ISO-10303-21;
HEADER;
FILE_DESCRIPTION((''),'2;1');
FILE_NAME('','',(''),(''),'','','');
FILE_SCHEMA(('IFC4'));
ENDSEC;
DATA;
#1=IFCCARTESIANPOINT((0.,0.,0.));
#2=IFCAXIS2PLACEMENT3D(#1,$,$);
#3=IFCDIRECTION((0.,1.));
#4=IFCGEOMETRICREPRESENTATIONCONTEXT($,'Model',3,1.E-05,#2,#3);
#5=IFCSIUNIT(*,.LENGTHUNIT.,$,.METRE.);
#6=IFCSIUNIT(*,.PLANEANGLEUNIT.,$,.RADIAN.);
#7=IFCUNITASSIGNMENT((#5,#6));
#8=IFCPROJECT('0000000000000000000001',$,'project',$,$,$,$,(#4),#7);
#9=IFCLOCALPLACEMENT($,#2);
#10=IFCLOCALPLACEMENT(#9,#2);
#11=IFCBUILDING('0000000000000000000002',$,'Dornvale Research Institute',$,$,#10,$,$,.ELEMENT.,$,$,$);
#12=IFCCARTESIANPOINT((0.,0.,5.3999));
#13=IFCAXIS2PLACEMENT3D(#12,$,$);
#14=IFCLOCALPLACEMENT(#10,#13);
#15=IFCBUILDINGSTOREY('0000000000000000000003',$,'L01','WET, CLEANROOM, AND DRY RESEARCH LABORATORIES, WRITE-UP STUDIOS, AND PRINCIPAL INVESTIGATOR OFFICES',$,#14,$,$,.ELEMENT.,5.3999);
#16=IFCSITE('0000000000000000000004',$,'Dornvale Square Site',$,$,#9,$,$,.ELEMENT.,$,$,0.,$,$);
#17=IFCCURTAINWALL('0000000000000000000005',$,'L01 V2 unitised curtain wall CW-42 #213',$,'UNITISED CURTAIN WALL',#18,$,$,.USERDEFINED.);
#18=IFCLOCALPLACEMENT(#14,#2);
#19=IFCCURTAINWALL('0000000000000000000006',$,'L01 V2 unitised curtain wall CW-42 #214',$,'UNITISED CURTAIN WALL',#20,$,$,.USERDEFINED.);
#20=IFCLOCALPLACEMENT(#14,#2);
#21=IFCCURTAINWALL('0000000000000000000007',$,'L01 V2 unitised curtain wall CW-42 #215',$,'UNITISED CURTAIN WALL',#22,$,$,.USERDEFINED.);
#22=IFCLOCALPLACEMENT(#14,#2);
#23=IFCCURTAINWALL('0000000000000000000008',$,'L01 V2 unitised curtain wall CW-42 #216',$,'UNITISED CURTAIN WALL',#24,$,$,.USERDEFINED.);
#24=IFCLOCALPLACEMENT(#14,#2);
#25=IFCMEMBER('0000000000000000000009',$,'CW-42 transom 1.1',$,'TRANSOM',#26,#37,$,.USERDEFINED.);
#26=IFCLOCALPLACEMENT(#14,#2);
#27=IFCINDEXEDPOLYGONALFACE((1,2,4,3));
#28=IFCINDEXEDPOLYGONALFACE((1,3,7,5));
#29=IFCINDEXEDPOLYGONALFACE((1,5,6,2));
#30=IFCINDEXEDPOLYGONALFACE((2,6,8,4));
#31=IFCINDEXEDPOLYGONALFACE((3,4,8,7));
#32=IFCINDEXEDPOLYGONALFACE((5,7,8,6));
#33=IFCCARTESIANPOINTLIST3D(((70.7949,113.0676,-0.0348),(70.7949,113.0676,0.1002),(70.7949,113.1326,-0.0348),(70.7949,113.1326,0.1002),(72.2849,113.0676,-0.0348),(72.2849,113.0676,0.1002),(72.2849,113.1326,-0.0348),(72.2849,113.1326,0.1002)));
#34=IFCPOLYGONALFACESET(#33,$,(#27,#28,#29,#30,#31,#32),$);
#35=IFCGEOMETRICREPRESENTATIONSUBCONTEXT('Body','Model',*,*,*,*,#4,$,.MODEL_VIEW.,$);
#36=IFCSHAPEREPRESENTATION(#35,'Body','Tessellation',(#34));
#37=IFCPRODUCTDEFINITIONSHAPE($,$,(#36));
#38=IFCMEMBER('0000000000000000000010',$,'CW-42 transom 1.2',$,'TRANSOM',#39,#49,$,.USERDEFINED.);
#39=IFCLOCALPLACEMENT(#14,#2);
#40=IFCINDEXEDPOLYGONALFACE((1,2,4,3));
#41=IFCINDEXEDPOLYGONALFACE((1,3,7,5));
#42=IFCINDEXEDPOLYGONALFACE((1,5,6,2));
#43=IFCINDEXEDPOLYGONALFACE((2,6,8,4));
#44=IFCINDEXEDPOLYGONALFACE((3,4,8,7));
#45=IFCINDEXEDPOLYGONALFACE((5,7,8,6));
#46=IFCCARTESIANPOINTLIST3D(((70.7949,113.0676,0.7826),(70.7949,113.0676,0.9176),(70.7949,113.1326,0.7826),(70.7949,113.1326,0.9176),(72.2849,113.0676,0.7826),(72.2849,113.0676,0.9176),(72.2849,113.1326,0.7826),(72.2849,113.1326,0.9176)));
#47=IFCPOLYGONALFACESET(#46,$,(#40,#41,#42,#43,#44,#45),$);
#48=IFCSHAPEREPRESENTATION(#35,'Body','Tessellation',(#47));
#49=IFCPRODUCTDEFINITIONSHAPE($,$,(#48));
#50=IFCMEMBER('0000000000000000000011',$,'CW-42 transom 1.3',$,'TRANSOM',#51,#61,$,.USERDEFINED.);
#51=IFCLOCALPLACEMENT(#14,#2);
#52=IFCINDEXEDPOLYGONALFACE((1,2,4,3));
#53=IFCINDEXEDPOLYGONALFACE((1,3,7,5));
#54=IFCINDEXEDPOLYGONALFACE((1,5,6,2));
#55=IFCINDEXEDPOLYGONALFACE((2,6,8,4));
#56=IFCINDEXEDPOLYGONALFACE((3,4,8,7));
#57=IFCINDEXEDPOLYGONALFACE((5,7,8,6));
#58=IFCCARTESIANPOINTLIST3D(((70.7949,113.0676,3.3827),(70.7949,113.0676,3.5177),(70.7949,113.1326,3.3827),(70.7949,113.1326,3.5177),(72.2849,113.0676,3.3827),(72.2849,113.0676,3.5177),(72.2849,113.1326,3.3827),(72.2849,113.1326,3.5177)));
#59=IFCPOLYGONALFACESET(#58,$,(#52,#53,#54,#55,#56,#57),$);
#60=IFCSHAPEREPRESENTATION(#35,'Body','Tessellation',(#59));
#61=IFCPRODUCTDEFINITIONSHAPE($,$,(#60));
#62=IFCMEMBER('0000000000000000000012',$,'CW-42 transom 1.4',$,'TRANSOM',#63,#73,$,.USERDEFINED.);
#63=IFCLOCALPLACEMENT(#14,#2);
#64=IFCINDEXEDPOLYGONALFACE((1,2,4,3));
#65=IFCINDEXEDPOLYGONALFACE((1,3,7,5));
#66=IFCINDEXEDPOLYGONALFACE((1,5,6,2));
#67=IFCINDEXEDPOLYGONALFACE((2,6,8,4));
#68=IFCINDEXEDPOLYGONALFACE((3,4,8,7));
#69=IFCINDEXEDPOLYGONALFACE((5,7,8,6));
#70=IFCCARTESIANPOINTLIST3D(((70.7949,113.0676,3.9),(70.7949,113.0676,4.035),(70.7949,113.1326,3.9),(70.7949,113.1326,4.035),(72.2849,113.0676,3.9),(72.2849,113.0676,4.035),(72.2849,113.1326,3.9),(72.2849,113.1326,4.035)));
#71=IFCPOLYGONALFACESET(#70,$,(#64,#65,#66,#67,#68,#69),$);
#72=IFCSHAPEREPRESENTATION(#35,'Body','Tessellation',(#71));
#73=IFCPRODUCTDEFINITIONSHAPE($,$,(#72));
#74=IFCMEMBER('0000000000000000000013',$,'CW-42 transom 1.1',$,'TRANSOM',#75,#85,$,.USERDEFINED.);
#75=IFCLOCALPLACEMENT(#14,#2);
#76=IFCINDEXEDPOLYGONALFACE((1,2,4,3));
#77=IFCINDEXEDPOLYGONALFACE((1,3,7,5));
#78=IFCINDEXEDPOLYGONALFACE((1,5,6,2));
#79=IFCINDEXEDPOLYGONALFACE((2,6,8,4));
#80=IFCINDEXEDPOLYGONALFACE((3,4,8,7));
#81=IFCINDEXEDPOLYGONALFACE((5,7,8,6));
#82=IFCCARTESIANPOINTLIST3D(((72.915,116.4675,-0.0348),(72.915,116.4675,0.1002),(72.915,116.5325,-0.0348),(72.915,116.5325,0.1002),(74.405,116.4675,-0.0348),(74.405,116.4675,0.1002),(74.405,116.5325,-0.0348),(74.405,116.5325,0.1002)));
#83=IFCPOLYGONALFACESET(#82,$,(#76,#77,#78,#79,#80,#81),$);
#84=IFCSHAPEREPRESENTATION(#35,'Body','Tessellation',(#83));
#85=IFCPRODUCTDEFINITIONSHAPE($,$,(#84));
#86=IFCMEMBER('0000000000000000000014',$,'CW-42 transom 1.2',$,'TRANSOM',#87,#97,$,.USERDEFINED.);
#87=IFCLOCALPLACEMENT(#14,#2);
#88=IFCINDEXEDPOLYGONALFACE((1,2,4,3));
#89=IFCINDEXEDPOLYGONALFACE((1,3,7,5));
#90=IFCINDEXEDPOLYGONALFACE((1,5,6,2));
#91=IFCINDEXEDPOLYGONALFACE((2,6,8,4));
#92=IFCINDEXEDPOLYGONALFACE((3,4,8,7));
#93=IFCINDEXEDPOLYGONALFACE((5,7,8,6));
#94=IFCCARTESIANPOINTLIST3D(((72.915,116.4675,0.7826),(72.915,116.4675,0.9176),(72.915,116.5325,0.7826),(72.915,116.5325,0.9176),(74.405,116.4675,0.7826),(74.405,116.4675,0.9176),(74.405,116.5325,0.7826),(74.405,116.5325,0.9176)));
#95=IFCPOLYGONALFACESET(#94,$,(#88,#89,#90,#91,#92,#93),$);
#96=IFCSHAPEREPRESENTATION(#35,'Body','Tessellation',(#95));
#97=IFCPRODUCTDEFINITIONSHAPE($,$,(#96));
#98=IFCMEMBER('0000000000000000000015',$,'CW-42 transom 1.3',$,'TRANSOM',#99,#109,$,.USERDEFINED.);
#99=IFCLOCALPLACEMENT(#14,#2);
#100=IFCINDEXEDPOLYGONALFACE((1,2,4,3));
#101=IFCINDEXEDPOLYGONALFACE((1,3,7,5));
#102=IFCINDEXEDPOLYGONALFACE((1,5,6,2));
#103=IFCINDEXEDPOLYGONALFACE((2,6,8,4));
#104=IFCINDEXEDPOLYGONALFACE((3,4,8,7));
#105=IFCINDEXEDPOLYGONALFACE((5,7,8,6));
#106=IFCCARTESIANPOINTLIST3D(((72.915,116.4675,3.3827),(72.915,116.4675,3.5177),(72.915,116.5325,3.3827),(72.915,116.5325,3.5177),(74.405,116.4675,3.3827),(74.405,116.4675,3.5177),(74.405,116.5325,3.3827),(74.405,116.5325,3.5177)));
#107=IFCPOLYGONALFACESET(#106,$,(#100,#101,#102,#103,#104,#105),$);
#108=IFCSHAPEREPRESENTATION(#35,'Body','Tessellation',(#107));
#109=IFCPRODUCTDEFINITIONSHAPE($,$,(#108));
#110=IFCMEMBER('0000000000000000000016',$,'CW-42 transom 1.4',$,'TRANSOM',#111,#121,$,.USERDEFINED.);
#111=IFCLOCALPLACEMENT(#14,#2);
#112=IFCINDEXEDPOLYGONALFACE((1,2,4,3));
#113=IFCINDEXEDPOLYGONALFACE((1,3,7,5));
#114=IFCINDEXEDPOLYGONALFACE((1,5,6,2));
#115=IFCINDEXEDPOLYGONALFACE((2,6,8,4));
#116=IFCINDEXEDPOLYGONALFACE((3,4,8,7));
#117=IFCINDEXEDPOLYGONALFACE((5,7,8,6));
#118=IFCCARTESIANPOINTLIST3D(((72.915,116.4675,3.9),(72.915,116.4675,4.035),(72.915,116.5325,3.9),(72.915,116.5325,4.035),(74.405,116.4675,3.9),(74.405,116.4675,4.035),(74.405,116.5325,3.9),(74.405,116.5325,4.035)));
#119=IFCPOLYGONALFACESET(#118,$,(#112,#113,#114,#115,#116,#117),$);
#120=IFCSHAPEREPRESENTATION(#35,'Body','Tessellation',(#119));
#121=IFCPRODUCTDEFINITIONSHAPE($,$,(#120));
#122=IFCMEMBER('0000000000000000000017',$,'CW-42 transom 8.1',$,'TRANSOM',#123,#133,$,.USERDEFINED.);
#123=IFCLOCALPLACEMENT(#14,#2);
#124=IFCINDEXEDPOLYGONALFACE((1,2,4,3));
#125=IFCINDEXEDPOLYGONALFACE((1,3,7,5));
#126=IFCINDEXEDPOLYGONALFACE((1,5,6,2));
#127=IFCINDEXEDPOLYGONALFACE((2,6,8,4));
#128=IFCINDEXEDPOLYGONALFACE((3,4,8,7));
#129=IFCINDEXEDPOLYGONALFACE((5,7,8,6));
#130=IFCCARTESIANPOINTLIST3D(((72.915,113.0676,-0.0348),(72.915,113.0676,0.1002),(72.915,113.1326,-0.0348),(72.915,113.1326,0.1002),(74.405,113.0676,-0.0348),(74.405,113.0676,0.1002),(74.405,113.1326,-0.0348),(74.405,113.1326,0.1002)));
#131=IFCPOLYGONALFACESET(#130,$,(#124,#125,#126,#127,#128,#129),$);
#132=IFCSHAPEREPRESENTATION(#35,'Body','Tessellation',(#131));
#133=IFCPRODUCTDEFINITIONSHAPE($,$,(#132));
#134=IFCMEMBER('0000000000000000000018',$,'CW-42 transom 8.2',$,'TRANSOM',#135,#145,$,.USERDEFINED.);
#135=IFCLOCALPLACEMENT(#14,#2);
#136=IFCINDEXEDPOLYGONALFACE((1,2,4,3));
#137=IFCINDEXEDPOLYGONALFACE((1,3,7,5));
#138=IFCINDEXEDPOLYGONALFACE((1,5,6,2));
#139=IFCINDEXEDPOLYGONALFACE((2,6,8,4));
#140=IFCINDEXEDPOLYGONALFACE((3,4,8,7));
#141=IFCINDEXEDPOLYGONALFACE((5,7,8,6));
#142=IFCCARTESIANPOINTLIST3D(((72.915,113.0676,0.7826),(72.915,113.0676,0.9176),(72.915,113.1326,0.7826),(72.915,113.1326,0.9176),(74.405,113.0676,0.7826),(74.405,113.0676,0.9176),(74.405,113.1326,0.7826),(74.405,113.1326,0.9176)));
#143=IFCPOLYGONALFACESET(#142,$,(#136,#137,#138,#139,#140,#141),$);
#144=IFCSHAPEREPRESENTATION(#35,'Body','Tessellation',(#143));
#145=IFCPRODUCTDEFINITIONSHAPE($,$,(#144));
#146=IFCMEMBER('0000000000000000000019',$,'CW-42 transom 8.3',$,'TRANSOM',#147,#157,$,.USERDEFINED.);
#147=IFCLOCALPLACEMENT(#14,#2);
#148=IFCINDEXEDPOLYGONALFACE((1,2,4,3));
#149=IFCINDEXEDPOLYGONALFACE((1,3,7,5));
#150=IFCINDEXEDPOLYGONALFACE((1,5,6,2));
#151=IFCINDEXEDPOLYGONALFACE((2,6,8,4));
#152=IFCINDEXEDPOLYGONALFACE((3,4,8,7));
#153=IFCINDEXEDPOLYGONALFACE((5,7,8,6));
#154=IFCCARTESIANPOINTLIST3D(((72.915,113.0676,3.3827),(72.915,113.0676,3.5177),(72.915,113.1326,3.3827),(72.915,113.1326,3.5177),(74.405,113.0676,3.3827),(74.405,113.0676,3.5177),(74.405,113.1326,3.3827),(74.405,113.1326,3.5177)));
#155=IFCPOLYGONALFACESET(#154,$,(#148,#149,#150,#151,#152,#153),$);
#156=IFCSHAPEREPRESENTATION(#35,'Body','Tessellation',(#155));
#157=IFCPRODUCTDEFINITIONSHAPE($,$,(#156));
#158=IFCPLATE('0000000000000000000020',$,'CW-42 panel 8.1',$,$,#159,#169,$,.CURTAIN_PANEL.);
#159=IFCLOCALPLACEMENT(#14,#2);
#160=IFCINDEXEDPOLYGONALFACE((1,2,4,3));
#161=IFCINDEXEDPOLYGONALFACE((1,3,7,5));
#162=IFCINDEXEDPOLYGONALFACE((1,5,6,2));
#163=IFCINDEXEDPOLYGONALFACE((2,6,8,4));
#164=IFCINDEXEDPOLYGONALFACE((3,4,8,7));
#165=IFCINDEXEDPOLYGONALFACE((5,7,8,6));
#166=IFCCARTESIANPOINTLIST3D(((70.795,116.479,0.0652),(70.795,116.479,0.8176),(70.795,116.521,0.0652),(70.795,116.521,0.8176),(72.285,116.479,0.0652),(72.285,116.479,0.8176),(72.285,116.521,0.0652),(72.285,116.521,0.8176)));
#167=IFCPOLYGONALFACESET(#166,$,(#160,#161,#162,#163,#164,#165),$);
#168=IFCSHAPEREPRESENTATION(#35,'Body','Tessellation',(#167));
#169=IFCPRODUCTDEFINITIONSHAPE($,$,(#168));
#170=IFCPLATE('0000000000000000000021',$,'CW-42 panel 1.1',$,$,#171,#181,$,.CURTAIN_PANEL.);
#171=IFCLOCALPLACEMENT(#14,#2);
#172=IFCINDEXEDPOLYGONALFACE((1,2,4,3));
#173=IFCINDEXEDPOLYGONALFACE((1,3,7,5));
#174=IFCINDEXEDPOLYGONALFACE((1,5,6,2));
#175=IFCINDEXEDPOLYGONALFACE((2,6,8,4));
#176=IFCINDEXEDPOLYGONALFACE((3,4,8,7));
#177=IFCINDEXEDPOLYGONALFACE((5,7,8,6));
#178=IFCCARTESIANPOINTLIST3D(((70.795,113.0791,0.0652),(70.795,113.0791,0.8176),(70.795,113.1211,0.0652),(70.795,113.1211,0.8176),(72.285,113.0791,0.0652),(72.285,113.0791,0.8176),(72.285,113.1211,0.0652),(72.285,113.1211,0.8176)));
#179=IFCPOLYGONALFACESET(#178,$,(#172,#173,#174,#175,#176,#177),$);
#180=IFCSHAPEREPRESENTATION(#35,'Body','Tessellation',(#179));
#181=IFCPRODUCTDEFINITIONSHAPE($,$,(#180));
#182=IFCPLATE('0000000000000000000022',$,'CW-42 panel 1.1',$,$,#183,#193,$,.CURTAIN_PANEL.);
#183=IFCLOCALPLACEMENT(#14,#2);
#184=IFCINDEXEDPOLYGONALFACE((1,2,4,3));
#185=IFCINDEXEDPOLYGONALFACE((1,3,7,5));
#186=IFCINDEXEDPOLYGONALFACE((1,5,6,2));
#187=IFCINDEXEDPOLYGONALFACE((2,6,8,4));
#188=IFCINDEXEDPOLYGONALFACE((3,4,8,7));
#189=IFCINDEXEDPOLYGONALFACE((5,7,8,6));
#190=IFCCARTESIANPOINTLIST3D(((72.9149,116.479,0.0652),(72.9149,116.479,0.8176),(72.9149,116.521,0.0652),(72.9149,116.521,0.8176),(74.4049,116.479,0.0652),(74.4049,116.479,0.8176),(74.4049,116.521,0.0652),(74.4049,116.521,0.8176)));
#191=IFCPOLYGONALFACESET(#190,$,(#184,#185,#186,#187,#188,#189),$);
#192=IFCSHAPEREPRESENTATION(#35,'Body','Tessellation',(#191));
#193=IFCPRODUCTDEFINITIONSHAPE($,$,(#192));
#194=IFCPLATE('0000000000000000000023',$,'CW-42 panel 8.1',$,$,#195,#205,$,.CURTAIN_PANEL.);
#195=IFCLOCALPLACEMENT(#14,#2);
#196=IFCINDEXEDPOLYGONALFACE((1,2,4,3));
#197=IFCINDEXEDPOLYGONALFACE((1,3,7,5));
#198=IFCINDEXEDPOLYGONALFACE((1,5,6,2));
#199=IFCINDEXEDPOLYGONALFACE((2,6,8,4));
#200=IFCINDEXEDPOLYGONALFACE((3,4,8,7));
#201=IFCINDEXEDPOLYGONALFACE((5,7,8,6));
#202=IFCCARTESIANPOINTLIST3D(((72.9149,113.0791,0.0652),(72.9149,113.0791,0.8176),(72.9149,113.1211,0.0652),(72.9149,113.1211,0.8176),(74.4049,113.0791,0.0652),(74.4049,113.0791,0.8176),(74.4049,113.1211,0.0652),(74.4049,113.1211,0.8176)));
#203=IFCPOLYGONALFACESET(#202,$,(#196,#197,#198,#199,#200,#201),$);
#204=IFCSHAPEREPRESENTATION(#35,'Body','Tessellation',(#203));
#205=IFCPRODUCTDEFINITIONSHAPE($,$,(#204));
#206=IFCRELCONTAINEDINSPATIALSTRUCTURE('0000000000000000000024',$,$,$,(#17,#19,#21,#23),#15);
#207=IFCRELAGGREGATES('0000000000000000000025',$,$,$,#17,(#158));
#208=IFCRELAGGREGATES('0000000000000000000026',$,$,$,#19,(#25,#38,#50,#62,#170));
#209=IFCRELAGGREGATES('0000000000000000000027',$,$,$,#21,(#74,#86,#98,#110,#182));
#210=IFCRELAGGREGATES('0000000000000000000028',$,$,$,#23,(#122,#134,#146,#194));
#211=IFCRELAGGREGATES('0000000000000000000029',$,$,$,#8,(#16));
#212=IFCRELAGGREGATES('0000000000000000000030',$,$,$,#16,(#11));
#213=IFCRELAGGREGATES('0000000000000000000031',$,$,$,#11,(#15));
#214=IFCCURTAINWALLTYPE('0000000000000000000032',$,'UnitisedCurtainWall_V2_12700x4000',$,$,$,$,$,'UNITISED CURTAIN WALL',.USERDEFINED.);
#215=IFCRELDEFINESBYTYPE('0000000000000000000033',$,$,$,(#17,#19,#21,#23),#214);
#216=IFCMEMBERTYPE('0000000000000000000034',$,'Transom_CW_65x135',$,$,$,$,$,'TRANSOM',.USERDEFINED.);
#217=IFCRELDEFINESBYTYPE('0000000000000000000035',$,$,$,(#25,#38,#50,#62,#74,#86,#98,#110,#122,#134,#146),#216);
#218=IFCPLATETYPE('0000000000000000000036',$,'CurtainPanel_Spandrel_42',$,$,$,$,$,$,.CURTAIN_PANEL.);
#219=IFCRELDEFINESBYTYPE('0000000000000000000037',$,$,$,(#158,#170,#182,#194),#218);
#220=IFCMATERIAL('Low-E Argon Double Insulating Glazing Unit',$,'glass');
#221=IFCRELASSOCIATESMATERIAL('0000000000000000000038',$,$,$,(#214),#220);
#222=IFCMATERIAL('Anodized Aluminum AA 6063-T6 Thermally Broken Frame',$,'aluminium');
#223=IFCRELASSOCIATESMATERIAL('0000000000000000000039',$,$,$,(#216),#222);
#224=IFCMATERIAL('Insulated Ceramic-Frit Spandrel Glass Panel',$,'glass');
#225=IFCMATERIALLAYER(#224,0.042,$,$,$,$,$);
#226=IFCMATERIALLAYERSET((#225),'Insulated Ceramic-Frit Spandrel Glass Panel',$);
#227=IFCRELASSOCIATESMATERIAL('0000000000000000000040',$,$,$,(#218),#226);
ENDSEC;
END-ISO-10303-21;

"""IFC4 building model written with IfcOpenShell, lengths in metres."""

from ifc_helpers import new_model, si_unit, direction, frame, origin, origin_2d, place, context, subcontext, project, spatial, rectangle, extrude, material, layer, layer_set, material_profile, profile_set, type_object, element, aggregate, save


model = new_model("IFC4")

# Units and contexts
model_context = context("Model", 3, precision=1e-05, world=origin(), true_north=direction((0.0, 1.0)))
body_context = subcontext(model_context, "Body", "Model", "MODEL_VIEW")
ifc_project = project(units=[si_unit("LENGTHUNIT", "METRE"), si_unit("PLANEANGLEUNIT", "RADIAN")], contexts=[model_context])

# Site, building, storey
site_placement = place(None, origin())
site = spatial("IfcSite", under=ifc_project, at=site_placement, Name="Dornvale Square Site", CompositionType="ELEMENT", RefElevation=0.0)
building_placement = place(site_placement, origin())
building = spatial("IfcBuilding", under=site, at=building_placement, Name="Dornvale Research Institute", CompositionType="ELEMENT")
storey_placement = place(building_placement, frame((0.0, 0.0, 5.3999)))
storey = spatial("IfcBuildingStorey", under=building, at=storey_placement, Name="L01", Description="WET, CLEANROOM, AND DRY RESEARCH LABORATORIES, WRITE-UP STUDIOS, AND PRINCIPAL INVESTIGATOR OFFICES", CompositionType="ELEMENT", Elevation=5.3999)

# Curtain walls
ifc_material_1 = material(Name="Low-E Argon Double Insulating Glazing Unit", Category="glass")
curtain_wall_type = type_object("IfcCurtainWallType", Name="UnitisedCurtainWall_V2_12700x4000", ElementType="UNITISED CURTAIN WALL", PredefinedType="USERDEFINED", material=ifc_material_1)
curtain_wall_1_placement = place(storey_placement, origin())
curtain_wall_1 = element("IfcCurtainWall", 1, at=curtain_wall_1_placement, inside=storey, type_object=curtain_wall_type, Name="L01 V2 unitised curtain wall CW-42 #213", ObjectType="UNITISED CURTAIN WALL", PredefinedType="USERDEFINED")
curtain_wall_2_placement = place(storey_placement, origin())
curtain_wall_2 = element("IfcCurtainWall", 2, at=curtain_wall_2_placement, inside=storey, type_object=curtain_wall_type, Name="L01 V2 unitised curtain wall CW-42 #214", ObjectType="UNITISED CURTAIN WALL", PredefinedType="USERDEFINED")
curtain_wall_3_placement = place(storey_placement, origin())
curtain_wall_3 = element("IfcCurtainWall", 3, at=curtain_wall_3_placement, inside=storey, type_object=curtain_wall_type, Name="L01 V2 unitised curtain wall CW-42 #215", ObjectType="UNITISED CURTAIN WALL", PredefinedType="USERDEFINED")
curtain_wall_4_placement = place(storey_placement, origin())
curtain_wall_4 = element("IfcCurtainWall", 4, at=curtain_wall_4_placement, inside=storey, type_object=curtain_wall_type, Name="L01 V2 unitised curtain wall CW-42 #216", ObjectType="UNITISED CURTAIN WALL", PredefinedType="USERDEFINED")

# Members
ifc_material_2 = material(Name="Anodized Aluminum AA 6063-T6 Thermally Broken Frame", Category="aluminium")
ifc_material_profile_1 = material_profile(ifc_material_2, rectangle(XDim=0.0649, YDim=0.135, at=origin_2d()), Name="ALU TRANSOM 65x135")
ifc_profile_set_1 = profile_set([ifc_material_profile_1], Name="Anodized Aluminum AA 6063-T6 Thermally Broken Frame")
member_type_1 = type_object("IfcMemberType", Name="Transom_CW_65x135", ElementType="TRANSOM", PredefinedType="USERDEFINED", material=ifc_profile_set_1)
member_1_placement = place(storey_placement, frame((72.2849, 113.1001, 0.0327), z_axis=(-1.0, 0.0, 0.0), x_axis=(0.0, -1.0, 0.0)))
member_1 = element("IfcMember", 5, at=member_1_placement, type_object=member_type_1, Name="CW-42 transom 1.1", ObjectType="TRANSOM", PredefinedType="USERDEFINED", context=body_context, shape_type="SweptSolid", body=[
    extrude(rectangle(XDim=0.0649, YDim=0.135, at=origin_2d()), origin(), (0.0, 0.0, 1.0), 1.49),
])
member_2_placement = place(storey_placement, frame((72.2849, 113.1001, 0.8501), z_axis=(-1.0, 0.0, 0.0), x_axis=(0.0, -1.0, 0.0)))
member_2 = element("IfcMember", 6, at=member_2_placement, type_object=member_type_1, Name="CW-42 transom 1.2", ObjectType="TRANSOM", PredefinedType="USERDEFINED", context=body_context, shape_type="SweptSolid", body=[
    extrude(rectangle(XDim=0.0649, YDim=0.135, at=origin_2d()), origin(), (0.0, 0.0, 1.0), 1.49),
])
member_3_placement = place(storey_placement, frame((72.2849, 113.1001, 3.4502), z_axis=(-1.0, 0.0, 0.0), x_axis=(0.0, -1.0, 0.0)))
member_3 = element("IfcMember", 7, at=member_3_placement, type_object=member_type_1, Name="CW-42 transom 1.3", ObjectType="TRANSOM", PredefinedType="USERDEFINED", context=body_context, shape_type="SweptSolid", body=[
    extrude(rectangle(XDim=0.0649, YDim=0.135, at=origin_2d()), origin(), (0.0, 0.0, 1.0), 1.49),
])
member_4_placement = place(storey_placement, frame((72.2849, 113.1001, 3.9675), z_axis=(-1.0, 0.0, 0.0), x_axis=(0.0, -1.0, 0.0)))
member_4 = element("IfcMember", 8, at=member_4_placement, type_object=member_type_1, Name="CW-42 transom 1.4", ObjectType="TRANSOM", PredefinedType="USERDEFINED", context=body_context, shape_type="SweptSolid", body=[
    extrude(rectangle(XDim=0.0649, YDim=0.135, at=origin_2d()), origin(), (0.0, 0.0, 1.0), 1.49),
])
member_5_placement = place(storey_placement, frame((72.915, 116.5, 0.0327), z_axis=(1.0, 0.0, 0.0), x_axis=(0.0, 1.0, 0.0)))
member_5 = element("IfcMember", 9, at=member_5_placement, type_object=member_type_1, Name="CW-42 transom 1.1", ObjectType="TRANSOM", PredefinedType="USERDEFINED", context=body_context, shape_type="SweptSolid", body=[
    extrude(rectangle(XDim=0.0649, YDim=0.135, at=origin_2d()), origin(), (0.0, 0.0, 1.0), 1.49),
])
member_6_placement = place(storey_placement, frame((72.915, 116.5, 0.8501), z_axis=(1.0, 0.0, 0.0), x_axis=(0.0, 1.0, 0.0)))
member_6 = element("IfcMember", 10, at=member_6_placement, type_object=member_type_1, Name="CW-42 transom 1.2", ObjectType="TRANSOM", PredefinedType="USERDEFINED", context=body_context, shape_type="SweptSolid", body=[
    extrude(rectangle(XDim=0.0649, YDim=0.135, at=origin_2d()), origin(), (0.0, 0.0, 1.0), 1.49),
])
member_7_placement = place(storey_placement, frame((72.915, 116.5, 3.4502), z_axis=(1.0, 0.0, 0.0), x_axis=(0.0, 1.0, 0.0)))
member_7 = element("IfcMember", 11, at=member_7_placement, type_object=member_type_1, Name="CW-42 transom 1.3", ObjectType="TRANSOM", PredefinedType="USERDEFINED", context=body_context, shape_type="SweptSolid", body=[
    extrude(rectangle(XDim=0.0649, YDim=0.135, at=origin_2d()), origin(), (0.0, 0.0, 1.0), 1.49),
])
member_8_placement = place(storey_placement, frame((72.915, 116.5, 3.9675), z_axis=(1.0, 0.0, 0.0), x_axis=(0.0, 1.0, 0.0)))
member_8 = element("IfcMember", 12, at=member_8_placement, type_object=member_type_1, Name="CW-42 transom 1.4", ObjectType="TRANSOM", PredefinedType="USERDEFINED", context=body_context, shape_type="SweptSolid", body=[
    extrude(rectangle(XDim=0.0649, YDim=0.135, at=origin_2d()), origin(), (0.0, 0.0, 1.0), 1.49),
])
member_9_placement = place(storey_placement, frame((74.405, 113.1001, 0.0327), z_axis=(-1.0, 0.0, 0.0), x_axis=(0.0, -1.0, 0.0)))
member_9 = element("IfcMember", 13, at=member_9_placement, type_object=member_type_1, Name="CW-42 transom 8.1", ObjectType="TRANSOM", PredefinedType="USERDEFINED", context=body_context, shape_type="SweptSolid", body=[
    extrude(rectangle(XDim=0.0649, YDim=0.135, at=origin_2d()), origin(), (0.0, 0.0, 1.0), 1.49),
])
member_10_placement = place(storey_placement, frame((74.405, 113.1001, 0.8501), z_axis=(-1.0, 0.0, 0.0), x_axis=(0.0, -1.0, 0.0)))
member_10 = element("IfcMember", 14, at=member_10_placement, type_object=member_type_1, Name="CW-42 transom 8.2", ObjectType="TRANSOM", PredefinedType="USERDEFINED", context=body_context, shape_type="SweptSolid", body=[
    extrude(rectangle(XDim=0.0649, YDim=0.135, at=origin_2d()), origin(), (0.0, 0.0, 1.0), 1.49),
])
member_11_placement = place(storey_placement, frame((74.405, 113.1001, 3.4502), z_axis=(-1.0, 0.0, 0.0), x_axis=(0.0, -1.0, 0.0)))
member_11 = element("IfcMember", 15, at=member_11_placement, type_object=member_type_1, Name="CW-42 transom 8.3", ObjectType="TRANSOM", PredefinedType="USERDEFINED", context=body_context, shape_type="SweptSolid", body=[
    extrude(rectangle(XDim=0.0649, YDim=0.135, at=origin_2d()), origin(), (0.0, 0.0, 1.0), 1.49),
])

# Plates
ifc_material_3 = material(Name="Insulated Ceramic-Frit Spandrel Glass Panel", Category="glass")
ifc_layer_1 = layer(ifc_material_3, 0.042)
ifc_layer_set_1 = layer_set([ifc_layer_1], Name="Insulated Ceramic-Frit Spandrel Glass Panel")
plate_type_1 = type_object("IfcPlateType", Name="CurtainPanel_Spandrel_42", PredefinedType="CURTAIN_PANEL", material=ifc_layer_set_1)
plate_1_placement = place(storey_placement, frame((71.54, 116.5, 0.0652), z_axis=(0.0, 0.0, 1.0), x_axis=(1.0, 0.0, 0.0)))
plate_1 = element("IfcPlate", 16, at=plate_1_placement, type_object=plate_type_1, Name="CW-42 panel 8.1", PredefinedType="CURTAIN_PANEL", context=body_context, shape_type="SweptSolid", body=[
    extrude(rectangle(XDim=1.49, YDim=0.042, at=origin_2d()), origin(), (0.0, 0.0, 1.0), 0.7524),
])
plate_2_placement = place(storey_placement, frame((71.54, 113.1001, 0.0652), z_axis=(0.0, 0.0, 1.0), x_axis=(-1.0, 0.0, 0.0)))
plate_2 = element("IfcPlate", 17, at=plate_2_placement, type_object=plate_type_1, Name="CW-42 panel 1.1", PredefinedType="CURTAIN_PANEL", context=body_context, shape_type="SweptSolid", body=[
    extrude(rectangle(XDim=1.49, YDim=0.042, at=origin_2d()), origin(), (0.0, 0.0, 1.0), 0.7524),
])
plate_3_placement = place(storey_placement, frame((73.6599, 116.5, 0.0652), z_axis=(0.0, 0.0, 1.0), x_axis=(1.0, 0.0, 0.0)))
plate_3 = element("IfcPlate", 18, at=plate_3_placement, type_object=plate_type_1, Name="CW-42 panel 1.1", PredefinedType="CURTAIN_PANEL", context=body_context, shape_type="SweptSolid", body=[
    extrude(rectangle(XDim=1.49, YDim=0.042, at=origin_2d()), origin(), (0.0, 0.0, 1.0), 0.7524),
])
plate_4_placement = place(storey_placement, frame((73.6599, 113.1001, 0.0652), z_axis=(0.0, 0.0, 1.0), x_axis=(-1.0, 0.0, 0.0)))
plate_4 = element("IfcPlate", 19, at=plate_4_placement, type_object=plate_type_1, Name="CW-42 panel 8.1", PredefinedType="CURTAIN_PANEL", context=body_context, shape_type="SweptSolid", body=[
    extrude(rectangle(XDim=1.49, YDim=0.042, at=origin_2d()), origin(), (0.0, 0.0, 1.0), 0.7524),
])
aggregate(curtain_wall_1, [plate_1])
aggregate(curtain_wall_2, [member_1, member_2, member_3, member_4, plate_2])
aggregate(curtain_wall_3, [member_5, member_6, member_7, member_8, plate_3])
aggregate(curtain_wall_4, [member_9, member_10, member_11, plate_4])

save(model, "model.ifc")
